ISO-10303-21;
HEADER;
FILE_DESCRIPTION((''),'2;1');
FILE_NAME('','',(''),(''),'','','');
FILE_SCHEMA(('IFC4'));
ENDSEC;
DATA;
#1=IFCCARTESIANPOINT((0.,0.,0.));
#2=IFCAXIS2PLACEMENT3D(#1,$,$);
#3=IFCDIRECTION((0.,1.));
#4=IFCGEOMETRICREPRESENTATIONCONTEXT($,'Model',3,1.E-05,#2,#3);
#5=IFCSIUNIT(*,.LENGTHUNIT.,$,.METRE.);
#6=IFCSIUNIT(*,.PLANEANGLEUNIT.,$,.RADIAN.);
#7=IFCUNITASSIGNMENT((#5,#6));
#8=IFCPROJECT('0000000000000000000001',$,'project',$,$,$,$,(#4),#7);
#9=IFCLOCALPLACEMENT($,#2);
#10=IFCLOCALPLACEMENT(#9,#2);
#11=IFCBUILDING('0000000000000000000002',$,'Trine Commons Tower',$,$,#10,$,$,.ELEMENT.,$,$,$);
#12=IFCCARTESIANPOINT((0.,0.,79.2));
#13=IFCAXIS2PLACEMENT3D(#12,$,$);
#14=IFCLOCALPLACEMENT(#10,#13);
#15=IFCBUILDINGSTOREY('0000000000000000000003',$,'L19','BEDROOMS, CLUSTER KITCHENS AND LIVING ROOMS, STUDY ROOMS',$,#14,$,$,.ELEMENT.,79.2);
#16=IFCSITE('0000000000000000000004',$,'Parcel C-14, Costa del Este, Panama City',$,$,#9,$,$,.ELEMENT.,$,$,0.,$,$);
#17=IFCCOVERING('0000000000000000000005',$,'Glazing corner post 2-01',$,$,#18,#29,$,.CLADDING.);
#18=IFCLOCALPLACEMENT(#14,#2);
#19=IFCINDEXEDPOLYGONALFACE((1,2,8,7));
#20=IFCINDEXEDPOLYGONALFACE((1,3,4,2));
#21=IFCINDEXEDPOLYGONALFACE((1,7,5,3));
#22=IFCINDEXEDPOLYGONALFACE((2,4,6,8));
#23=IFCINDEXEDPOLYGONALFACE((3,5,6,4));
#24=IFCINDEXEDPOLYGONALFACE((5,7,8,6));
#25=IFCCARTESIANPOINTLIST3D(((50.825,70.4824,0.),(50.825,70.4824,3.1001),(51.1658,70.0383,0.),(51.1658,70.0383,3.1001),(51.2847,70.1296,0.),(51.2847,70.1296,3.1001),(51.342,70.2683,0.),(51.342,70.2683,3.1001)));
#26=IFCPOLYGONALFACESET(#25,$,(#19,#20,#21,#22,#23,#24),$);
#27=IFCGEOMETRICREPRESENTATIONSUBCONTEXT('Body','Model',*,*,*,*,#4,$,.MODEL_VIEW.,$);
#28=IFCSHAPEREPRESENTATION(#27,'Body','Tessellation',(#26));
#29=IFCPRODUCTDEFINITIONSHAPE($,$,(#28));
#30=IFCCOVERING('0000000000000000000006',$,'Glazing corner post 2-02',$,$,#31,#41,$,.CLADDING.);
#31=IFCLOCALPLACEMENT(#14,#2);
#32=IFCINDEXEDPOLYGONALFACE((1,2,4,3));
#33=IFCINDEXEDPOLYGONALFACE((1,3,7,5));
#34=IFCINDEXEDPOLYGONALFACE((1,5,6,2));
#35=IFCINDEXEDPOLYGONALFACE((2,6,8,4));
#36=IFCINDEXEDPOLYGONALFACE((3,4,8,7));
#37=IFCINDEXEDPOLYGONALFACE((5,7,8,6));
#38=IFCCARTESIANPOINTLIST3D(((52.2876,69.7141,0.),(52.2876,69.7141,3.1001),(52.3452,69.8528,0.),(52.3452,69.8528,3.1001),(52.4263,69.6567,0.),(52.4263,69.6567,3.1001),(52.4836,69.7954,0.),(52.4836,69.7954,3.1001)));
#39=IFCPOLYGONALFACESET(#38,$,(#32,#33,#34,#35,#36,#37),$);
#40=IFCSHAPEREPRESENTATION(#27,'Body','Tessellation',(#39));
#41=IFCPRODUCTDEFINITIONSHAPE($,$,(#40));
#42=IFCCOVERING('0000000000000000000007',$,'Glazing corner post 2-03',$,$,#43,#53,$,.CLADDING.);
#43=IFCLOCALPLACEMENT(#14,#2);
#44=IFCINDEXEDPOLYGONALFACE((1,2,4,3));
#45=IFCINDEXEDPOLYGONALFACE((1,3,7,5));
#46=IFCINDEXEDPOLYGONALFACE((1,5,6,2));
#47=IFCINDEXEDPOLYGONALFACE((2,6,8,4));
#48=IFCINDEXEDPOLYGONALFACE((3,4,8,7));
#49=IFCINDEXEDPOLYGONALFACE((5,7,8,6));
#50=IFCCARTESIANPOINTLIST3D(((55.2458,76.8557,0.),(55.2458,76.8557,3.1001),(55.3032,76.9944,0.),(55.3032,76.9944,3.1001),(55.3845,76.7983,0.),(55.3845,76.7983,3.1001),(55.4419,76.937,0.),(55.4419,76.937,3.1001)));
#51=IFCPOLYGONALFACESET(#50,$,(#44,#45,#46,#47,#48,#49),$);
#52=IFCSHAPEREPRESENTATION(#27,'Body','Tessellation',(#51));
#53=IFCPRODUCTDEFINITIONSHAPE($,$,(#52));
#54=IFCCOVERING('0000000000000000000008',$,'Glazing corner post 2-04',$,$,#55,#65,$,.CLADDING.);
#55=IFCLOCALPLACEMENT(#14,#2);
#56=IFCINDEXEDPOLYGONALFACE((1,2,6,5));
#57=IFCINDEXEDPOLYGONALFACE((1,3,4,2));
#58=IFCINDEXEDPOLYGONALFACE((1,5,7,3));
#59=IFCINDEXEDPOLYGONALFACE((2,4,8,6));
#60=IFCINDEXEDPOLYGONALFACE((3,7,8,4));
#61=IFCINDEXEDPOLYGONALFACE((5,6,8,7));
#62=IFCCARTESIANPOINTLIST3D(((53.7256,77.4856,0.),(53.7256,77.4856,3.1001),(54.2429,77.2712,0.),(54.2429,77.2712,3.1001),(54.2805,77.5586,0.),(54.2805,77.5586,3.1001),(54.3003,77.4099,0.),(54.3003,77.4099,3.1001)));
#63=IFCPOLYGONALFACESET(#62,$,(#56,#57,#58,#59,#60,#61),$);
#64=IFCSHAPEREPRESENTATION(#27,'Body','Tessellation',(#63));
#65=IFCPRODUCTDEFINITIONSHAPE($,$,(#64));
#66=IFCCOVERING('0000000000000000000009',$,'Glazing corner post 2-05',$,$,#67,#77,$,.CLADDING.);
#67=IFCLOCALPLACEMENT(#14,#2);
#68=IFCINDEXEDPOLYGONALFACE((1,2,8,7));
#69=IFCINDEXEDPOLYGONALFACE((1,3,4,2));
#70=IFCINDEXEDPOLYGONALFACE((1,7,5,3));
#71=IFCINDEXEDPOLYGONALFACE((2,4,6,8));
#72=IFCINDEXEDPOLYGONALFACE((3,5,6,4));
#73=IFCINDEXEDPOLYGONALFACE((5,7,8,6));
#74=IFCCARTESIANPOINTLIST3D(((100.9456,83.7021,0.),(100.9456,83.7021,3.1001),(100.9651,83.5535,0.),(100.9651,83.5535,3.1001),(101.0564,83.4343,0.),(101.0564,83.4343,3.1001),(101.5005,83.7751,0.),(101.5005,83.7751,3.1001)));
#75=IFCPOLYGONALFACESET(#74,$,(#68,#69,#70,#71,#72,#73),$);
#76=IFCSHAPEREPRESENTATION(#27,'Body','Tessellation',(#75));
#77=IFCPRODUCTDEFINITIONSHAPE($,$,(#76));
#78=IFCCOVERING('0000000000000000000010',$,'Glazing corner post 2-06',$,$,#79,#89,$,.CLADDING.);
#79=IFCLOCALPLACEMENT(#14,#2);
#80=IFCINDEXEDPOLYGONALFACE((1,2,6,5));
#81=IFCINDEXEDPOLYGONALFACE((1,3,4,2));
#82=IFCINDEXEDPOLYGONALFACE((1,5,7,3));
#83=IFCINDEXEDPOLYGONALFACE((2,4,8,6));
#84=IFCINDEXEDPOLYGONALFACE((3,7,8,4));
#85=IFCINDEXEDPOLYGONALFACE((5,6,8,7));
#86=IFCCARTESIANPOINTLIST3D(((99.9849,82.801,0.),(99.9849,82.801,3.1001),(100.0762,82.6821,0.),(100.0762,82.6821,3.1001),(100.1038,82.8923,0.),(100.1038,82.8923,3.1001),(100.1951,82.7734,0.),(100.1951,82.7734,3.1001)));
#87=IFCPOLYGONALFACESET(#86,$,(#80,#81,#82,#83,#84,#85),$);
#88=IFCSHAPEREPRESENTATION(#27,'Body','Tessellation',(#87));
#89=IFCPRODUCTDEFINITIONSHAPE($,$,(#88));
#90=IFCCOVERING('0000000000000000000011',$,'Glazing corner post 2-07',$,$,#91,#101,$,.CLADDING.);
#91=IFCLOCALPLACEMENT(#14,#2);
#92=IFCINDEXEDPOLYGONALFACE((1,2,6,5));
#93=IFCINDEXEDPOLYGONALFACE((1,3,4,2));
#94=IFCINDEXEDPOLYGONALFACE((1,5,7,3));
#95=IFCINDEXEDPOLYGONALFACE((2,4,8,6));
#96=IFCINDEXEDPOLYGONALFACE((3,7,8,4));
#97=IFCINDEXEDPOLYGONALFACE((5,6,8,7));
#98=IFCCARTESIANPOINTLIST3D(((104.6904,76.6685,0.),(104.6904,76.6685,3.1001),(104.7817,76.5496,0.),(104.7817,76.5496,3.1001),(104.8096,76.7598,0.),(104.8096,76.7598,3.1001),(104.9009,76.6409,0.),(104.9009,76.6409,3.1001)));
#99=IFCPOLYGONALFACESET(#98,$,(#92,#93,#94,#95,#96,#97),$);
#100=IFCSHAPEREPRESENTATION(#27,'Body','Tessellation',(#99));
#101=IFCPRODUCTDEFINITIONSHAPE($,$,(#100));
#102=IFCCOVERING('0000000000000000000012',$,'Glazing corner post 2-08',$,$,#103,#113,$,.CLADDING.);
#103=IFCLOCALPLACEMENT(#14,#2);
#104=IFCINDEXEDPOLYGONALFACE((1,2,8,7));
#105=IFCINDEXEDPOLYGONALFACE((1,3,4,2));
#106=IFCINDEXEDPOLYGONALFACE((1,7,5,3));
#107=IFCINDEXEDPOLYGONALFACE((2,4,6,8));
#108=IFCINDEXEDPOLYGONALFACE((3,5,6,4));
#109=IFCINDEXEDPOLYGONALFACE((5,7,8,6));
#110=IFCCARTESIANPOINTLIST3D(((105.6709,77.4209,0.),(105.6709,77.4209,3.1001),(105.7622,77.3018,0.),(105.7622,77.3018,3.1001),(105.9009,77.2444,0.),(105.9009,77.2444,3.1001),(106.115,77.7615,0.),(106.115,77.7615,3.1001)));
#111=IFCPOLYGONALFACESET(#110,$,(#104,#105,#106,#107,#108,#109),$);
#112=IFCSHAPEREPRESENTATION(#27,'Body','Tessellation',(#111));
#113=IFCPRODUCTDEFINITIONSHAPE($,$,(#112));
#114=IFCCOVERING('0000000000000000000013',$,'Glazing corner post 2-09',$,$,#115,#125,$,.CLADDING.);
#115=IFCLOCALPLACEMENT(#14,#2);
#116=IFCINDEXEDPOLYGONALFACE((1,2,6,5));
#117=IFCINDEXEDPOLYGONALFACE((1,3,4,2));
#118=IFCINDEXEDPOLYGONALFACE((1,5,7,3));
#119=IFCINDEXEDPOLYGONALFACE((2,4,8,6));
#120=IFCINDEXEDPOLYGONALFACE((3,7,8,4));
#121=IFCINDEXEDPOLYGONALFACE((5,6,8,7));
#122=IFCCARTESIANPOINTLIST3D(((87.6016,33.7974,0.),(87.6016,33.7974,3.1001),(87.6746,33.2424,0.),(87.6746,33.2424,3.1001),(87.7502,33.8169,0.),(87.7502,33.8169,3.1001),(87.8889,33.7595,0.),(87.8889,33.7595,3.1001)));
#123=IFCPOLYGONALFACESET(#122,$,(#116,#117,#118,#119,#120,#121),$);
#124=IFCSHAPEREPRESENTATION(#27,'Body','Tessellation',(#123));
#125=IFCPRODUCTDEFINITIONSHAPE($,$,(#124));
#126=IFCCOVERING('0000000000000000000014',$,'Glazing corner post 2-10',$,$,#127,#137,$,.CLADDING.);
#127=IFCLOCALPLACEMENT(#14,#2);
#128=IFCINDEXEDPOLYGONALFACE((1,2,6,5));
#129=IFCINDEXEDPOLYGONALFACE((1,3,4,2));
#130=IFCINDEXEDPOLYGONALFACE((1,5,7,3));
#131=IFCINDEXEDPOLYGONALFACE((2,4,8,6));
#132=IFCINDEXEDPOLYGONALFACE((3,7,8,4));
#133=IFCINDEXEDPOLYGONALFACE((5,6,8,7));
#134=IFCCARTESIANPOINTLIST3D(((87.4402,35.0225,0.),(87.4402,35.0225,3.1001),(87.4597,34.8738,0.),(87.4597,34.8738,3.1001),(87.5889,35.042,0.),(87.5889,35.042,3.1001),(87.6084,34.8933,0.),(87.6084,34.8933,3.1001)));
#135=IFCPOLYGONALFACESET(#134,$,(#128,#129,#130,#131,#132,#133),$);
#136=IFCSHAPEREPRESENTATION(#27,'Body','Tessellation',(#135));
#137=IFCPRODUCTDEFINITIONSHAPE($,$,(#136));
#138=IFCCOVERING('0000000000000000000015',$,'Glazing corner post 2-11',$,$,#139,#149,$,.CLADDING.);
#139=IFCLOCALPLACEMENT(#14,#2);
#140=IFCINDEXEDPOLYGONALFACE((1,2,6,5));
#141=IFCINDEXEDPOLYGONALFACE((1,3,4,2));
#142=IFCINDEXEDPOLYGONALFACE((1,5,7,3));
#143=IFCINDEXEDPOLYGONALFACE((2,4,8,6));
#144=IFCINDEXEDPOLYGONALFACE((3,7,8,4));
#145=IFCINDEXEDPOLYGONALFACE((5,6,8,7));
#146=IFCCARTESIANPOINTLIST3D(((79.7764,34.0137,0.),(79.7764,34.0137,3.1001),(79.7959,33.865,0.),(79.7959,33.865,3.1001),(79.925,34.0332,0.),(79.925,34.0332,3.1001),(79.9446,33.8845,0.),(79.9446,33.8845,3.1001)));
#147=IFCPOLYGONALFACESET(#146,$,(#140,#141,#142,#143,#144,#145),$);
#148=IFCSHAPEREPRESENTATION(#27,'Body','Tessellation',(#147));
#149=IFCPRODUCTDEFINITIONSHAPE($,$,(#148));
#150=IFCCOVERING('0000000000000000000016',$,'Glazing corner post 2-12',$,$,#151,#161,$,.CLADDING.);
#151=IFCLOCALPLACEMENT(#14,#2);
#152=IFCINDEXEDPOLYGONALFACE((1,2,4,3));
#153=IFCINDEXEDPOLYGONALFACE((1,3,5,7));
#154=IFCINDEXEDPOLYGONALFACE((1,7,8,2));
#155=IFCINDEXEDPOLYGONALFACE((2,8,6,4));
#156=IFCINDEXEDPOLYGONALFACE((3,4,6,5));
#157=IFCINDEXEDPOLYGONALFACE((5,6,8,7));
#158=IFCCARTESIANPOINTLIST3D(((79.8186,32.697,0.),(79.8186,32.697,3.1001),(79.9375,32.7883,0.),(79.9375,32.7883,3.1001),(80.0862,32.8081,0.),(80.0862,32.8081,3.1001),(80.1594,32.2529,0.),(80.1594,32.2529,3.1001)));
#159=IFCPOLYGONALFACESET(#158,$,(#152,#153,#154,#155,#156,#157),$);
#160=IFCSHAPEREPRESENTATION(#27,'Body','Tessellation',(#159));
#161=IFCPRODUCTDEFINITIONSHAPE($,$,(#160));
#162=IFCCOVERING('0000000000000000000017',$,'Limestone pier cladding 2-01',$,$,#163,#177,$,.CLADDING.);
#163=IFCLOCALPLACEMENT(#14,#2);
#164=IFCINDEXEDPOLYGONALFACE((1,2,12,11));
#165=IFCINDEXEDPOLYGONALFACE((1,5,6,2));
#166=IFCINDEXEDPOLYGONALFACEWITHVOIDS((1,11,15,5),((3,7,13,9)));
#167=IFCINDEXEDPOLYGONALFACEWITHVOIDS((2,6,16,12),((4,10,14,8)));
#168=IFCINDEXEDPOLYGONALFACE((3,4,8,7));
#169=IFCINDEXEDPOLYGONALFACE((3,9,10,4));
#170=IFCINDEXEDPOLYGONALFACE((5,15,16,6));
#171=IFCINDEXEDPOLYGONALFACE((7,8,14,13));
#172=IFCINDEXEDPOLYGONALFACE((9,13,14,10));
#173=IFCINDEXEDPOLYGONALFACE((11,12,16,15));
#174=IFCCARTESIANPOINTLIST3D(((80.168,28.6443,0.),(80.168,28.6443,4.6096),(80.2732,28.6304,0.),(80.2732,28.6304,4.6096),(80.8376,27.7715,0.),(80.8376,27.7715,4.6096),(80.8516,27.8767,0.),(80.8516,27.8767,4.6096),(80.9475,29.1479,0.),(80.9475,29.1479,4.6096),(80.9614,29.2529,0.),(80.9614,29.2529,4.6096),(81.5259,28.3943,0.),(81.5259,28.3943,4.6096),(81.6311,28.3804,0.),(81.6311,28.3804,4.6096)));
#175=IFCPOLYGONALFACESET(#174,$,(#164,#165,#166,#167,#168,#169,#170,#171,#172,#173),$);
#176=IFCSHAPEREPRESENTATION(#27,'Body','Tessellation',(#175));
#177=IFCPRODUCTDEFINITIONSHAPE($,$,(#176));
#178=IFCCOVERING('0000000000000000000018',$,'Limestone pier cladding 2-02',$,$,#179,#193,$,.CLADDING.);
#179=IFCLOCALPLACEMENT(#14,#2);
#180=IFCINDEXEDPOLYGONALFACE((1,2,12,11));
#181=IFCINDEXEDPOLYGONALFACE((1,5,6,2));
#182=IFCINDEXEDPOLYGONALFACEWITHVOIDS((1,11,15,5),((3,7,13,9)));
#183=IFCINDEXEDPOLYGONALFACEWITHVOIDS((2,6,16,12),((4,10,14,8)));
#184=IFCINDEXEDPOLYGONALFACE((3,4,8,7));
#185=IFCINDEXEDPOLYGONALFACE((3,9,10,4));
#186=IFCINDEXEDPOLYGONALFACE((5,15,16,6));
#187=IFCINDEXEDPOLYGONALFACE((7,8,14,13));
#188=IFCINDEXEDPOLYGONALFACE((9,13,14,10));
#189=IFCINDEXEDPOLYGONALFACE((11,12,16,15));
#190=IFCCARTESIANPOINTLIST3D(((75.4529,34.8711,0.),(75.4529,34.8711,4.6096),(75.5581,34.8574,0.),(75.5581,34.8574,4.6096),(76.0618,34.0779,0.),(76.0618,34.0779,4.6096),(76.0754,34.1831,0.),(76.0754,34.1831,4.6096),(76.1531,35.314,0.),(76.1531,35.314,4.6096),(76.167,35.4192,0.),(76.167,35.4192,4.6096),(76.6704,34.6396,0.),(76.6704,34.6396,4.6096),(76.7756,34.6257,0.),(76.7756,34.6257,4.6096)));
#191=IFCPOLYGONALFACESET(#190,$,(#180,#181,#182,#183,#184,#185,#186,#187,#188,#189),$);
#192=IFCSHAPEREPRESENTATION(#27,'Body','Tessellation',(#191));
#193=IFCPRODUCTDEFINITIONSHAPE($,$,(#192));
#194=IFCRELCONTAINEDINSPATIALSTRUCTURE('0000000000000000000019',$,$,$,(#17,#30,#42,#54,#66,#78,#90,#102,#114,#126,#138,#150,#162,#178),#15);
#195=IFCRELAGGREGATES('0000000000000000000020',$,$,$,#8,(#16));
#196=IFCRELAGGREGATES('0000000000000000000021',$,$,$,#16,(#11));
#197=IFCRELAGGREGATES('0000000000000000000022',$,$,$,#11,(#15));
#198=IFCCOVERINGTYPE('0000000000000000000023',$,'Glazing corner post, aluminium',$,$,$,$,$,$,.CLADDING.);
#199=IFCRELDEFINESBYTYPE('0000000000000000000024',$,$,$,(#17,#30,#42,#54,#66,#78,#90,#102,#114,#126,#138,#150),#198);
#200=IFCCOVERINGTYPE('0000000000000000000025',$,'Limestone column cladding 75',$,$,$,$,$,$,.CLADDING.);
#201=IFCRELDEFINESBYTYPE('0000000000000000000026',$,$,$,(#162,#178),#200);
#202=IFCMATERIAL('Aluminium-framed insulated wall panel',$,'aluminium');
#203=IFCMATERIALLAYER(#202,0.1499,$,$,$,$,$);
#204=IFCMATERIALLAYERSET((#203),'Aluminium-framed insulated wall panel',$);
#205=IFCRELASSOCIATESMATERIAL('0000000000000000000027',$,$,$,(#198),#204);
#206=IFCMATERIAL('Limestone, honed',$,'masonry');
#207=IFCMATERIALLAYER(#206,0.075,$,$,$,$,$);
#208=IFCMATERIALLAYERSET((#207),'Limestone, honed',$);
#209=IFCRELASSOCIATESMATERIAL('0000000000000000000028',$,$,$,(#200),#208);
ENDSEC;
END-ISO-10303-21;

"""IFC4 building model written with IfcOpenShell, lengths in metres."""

from ifc_helpers import new_model, si_unit, direction, frame, origin, place, context, subcontext, project, spatial, polyline, outline, extrude, material, layer, layer_set, type_object, element, save


model = new_model("IFC4")

# Units and contexts
model_context = context("Model", 3, precision=1e-05, world=origin(), true_north=direction((0.0, 1.0)))
body_context = subcontext(model_context, "Body", "Model", "MODEL_VIEW")
ifc_project = project(units=[si_unit("LENGTHUNIT", "METRE"), si_unit("PLANEANGLEUNIT", "RADIAN")], contexts=[model_context])

# Site, building, storey
site_placement = place(None, origin())
site = spatial("IfcSite", under=ifc_project, at=site_placement, Name="Parcel C-14, Costa del Este, Panama City", CompositionType="ELEMENT", RefElevation=0.0)
building_placement = place(site_placement, origin())
building = spatial("IfcBuilding", under=site, at=building_placement, Name="Trine Commons Tower", CompositionType="ELEMENT")
storey_placement = place(building_placement, frame((0.0, 0.0, 79.2)))
storey = spatial("IfcBuildingStorey", under=building, at=storey_placement, Name="L19", Description="BEDROOMS, CLUSTER KITCHENS AND LIVING ROOMS, STUDY ROOMS", CompositionType="ELEMENT", Elevation=79.2)

# Coverings
ifc_material_1 = material(Name="Aluminium-framed insulated wall panel", Category="aluminium")
ifc_layer_1 = layer(ifc_material_1, 0.1499)
ifc_layer_set_1 = layer_set([ifc_layer_1], Name="Aluminium-framed insulated wall panel")
covering_type_1 = type_object("IfcCoveringType", Name="Glazing corner post, aluminium", PredefinedType="CLADDING", material=ifc_layer_set_1)
covering_1_placement = place(storey_placement, origin())
element("IfcCovering", 1, at=covering_1_placement, inside=storey, type_object=covering_type_1, Name="Glazing corner post 2-01", PredefinedType="CLADDING", context=body_context, shape_type="SweptSolid", body=[
    extrude(outline(polyline([(51.1658, 70.0383), (51.2847, 70.1296), (51.342, 70.2683), (50.825, 70.4824), (51.1658, 70.0383)])), origin(), (0.0, 0.0, 1.0), 3.1001),
])
covering_2_placement = place(storey_placement, origin())
element("IfcCovering", 2, at=covering_2_placement, inside=storey, type_object=covering_type_1, Name="Glazing corner post 2-02", PredefinedType="CLADDING", context=body_context, shape_type="SweptSolid", body=[
    extrude(outline(polyline([(52.2876, 69.7141), (52.4263, 69.6567), (52.4836, 69.7954), (52.3452, 69.8528), (52.2876, 69.7141)])), origin(), (0.0, 0.0, 1.0), 3.1001),
])
covering_3_placement = place(storey_placement, origin())
element("IfcCovering", 3, at=covering_3_placement, inside=storey, type_object=covering_type_1, Name="Glazing corner post 2-03", PredefinedType="CLADDING", context=body_context, shape_type="SweptSolid", body=[
    extrude(outline(polyline([(55.3845, 76.7983), (55.4419, 76.937), (55.3032, 76.9944), (55.2458, 76.8557), (55.3845, 76.7983)])), origin(), (0.0, 0.0, 1.0), 3.1001),
])
covering_4_placement = place(storey_placement, origin())
element("IfcCovering", 4, at=covering_4_placement, inside=storey, type_object=covering_type_1, Name="Glazing corner post 2-04", PredefinedType="CLADDING", context=body_context, shape_type="SweptSolid", body=[
    extrude(outline(polyline([(54.2429, 77.2712), (54.3003, 77.4099), (54.2805, 77.5586), (53.7256, 77.4856), (54.2429, 77.2712)])), origin(), (0.0, 0.0, 1.0), 3.1001),
])
covering_5_placement = place(storey_placement, origin())
element("IfcCovering", 5, at=covering_5_placement, inside=storey, type_object=covering_type_1, Name="Glazing corner post 2-05", PredefinedType="CLADDING", context=body_context, shape_type="SweptSolid", body=[
    extrude(outline(polyline([(101.0564, 83.4343), (101.5005, 83.7751), (100.9456, 83.7021), (100.9651, 83.5535), (101.0564, 83.4343)])), origin(), (0.0, 0.0, 1.0), 3.1001),
])
covering_6_placement = place(storey_placement, origin())
element("IfcCovering", 6, at=covering_6_placement, inside=storey, type_object=covering_type_1, Name="Glazing corner post 2-06", PredefinedType="CLADDING", context=body_context, shape_type="SweptSolid", body=[
    extrude(outline(polyline([(100.0762, 82.6821), (100.1951, 82.7734), (100.1038, 82.8923), (99.9849, 82.801), (100.0762, 82.6821)])), origin(), (0.0, 0.0, 1.0), 3.1001),
])
covering_7_placement = place(storey_placement, origin())
element("IfcCovering", 7, at=covering_7_placement, inside=storey, type_object=covering_type_1, Name="Glazing corner post 2-07", PredefinedType="CLADDING", context=body_context, shape_type="SweptSolid", body=[
    extrude(outline(polyline([(104.6904, 76.6685), (104.7817, 76.5496), (104.9009, 76.6409), (104.8096, 76.7598), (104.6904, 76.6685)])), origin(), (0.0, 0.0, 1.0), 3.1001),
])
covering_8_placement = place(storey_placement, origin())
element("IfcCovering", 8, at=covering_8_placement, inside=storey, type_object=covering_type_1, Name="Glazing corner post 2-08", PredefinedType="CLADDING", context=body_context, shape_type="SweptSolid", body=[
    extrude(outline(polyline([(105.9009, 77.2444), (106.115, 77.7615), (105.6709, 77.4209), (105.7622, 77.3018), (105.9009, 77.2444)])), origin(), (0.0, 0.0, 1.0), 3.1001),
])
covering_9_placement = place(storey_placement, origin())
element("IfcCovering", 9, at=covering_9_placement, inside=storey, type_object=covering_type_1, Name="Glazing corner post 2-09", PredefinedType="CLADDING", context=body_context, shape_type="SweptSolid", body=[
    extrude(outline(polyline([(87.6016, 33.7974), (87.6746, 33.2424), (87.8889, 33.7595), (87.7502, 33.8169), (87.6016, 33.7974)])), origin(), (0.0, 0.0, 1.0), 3.1001),
])
covering_10_placement = place(storey_placement, origin())
element("IfcCovering", 10, at=covering_10_placement, inside=storey, type_object=covering_type_1, Name="Glazing corner post 2-10", PredefinedType="CLADDING", context=body_context, shape_type="SweptSolid", body=[
    extrude(outline(polyline([(87.4402, 35.0225), (87.4597, 34.8738), (87.6084, 34.8933), (87.5889, 35.042), (87.4402, 35.0225)])), origin(), (0.0, 0.0, 1.0), 3.1001),
])
covering_11_placement = place(storey_placement, origin())
element("IfcCovering", 11, at=covering_11_placement, inside=storey, type_object=covering_type_1, Name="Glazing corner post 2-11", PredefinedType="CLADDING", context=body_context, shape_type="SweptSolid", body=[
    extrude(outline(polyline([(79.7959, 33.865), (79.9446, 33.8845), (79.925, 34.0332), (79.7764, 34.0137), (79.7959, 33.865)])), origin(), (0.0, 0.0, 1.0), 3.1001),
])
covering_12_placement = place(storey_placement, origin())
element("IfcCovering", 12, at=covering_12_placement, inside=storey, type_object=covering_type_1, Name="Glazing corner post 2-12", PredefinedType="CLADDING", context=body_context, shape_type="SweptSolid", body=[
    extrude(outline(polyline([(79.8186, 32.697), (80.1594, 32.2529), (80.0862, 32.8081), (79.9375, 32.7883), (79.8186, 32.697)])), origin(), (0.0, 0.0, 1.0), 3.1001),
])
ifc_material_2 = material(Name="Limestone, honed", Category="masonry")
ifc_layer_2 = layer(ifc_material_2, 0.075)
ifc_layer_set_2 = layer_set([ifc_layer_2], Name="Limestone, honed")
covering_type_2 = type_object("IfcCoveringType", Name="Limestone column cladding 75", PredefinedType="CLADDING", material=ifc_layer_set_2)
covering_13_placement = place(storey_placement, origin())
element("IfcCovering", 13, at=covering_13_placement, inside=storey, type_object=covering_type_2, Name="Limestone pier cladding 2-01", PredefinedType="CLADDING", context=body_context, shape_type="SweptSolid", body=[
    extrude(outline(polyline([(80.9614, 29.2529), (80.168, 28.6443), (80.8376, 27.7715), (81.6311, 28.3804), (80.9614, 29.2529)]), holes=[polyline([(80.9475, 29.1479), (80.2732, 28.6304), (80.8516, 27.8767), (81.5259, 28.3943), (80.9475, 29.1479)])]), origin(), (0.0, 0.0, 1.0), 4.6096),
])
covering_14_placement = place(storey_placement, origin())
element("IfcCovering", 14, at=covering_14_placement, inside=storey, type_object=covering_type_2, Name="Limestone pier cladding 2-02", PredefinedType="CLADDING", context=body_context, shape_type="SweptSolid", body=[
    extrude(outline(polyline([(76.167, 35.4192), (75.4529, 34.8711), (76.0618, 34.0779), (76.7756, 34.6257), (76.167, 35.4192)]), holes=[polyline([(76.1531, 35.314), (75.5581, 34.8574), (76.0754, 34.1831), (76.6704, 34.6396), (76.1531, 35.314)])]), origin(), (0.0, 0.0, 1.0), 4.6096),
])

save(model, "model.ifc")
